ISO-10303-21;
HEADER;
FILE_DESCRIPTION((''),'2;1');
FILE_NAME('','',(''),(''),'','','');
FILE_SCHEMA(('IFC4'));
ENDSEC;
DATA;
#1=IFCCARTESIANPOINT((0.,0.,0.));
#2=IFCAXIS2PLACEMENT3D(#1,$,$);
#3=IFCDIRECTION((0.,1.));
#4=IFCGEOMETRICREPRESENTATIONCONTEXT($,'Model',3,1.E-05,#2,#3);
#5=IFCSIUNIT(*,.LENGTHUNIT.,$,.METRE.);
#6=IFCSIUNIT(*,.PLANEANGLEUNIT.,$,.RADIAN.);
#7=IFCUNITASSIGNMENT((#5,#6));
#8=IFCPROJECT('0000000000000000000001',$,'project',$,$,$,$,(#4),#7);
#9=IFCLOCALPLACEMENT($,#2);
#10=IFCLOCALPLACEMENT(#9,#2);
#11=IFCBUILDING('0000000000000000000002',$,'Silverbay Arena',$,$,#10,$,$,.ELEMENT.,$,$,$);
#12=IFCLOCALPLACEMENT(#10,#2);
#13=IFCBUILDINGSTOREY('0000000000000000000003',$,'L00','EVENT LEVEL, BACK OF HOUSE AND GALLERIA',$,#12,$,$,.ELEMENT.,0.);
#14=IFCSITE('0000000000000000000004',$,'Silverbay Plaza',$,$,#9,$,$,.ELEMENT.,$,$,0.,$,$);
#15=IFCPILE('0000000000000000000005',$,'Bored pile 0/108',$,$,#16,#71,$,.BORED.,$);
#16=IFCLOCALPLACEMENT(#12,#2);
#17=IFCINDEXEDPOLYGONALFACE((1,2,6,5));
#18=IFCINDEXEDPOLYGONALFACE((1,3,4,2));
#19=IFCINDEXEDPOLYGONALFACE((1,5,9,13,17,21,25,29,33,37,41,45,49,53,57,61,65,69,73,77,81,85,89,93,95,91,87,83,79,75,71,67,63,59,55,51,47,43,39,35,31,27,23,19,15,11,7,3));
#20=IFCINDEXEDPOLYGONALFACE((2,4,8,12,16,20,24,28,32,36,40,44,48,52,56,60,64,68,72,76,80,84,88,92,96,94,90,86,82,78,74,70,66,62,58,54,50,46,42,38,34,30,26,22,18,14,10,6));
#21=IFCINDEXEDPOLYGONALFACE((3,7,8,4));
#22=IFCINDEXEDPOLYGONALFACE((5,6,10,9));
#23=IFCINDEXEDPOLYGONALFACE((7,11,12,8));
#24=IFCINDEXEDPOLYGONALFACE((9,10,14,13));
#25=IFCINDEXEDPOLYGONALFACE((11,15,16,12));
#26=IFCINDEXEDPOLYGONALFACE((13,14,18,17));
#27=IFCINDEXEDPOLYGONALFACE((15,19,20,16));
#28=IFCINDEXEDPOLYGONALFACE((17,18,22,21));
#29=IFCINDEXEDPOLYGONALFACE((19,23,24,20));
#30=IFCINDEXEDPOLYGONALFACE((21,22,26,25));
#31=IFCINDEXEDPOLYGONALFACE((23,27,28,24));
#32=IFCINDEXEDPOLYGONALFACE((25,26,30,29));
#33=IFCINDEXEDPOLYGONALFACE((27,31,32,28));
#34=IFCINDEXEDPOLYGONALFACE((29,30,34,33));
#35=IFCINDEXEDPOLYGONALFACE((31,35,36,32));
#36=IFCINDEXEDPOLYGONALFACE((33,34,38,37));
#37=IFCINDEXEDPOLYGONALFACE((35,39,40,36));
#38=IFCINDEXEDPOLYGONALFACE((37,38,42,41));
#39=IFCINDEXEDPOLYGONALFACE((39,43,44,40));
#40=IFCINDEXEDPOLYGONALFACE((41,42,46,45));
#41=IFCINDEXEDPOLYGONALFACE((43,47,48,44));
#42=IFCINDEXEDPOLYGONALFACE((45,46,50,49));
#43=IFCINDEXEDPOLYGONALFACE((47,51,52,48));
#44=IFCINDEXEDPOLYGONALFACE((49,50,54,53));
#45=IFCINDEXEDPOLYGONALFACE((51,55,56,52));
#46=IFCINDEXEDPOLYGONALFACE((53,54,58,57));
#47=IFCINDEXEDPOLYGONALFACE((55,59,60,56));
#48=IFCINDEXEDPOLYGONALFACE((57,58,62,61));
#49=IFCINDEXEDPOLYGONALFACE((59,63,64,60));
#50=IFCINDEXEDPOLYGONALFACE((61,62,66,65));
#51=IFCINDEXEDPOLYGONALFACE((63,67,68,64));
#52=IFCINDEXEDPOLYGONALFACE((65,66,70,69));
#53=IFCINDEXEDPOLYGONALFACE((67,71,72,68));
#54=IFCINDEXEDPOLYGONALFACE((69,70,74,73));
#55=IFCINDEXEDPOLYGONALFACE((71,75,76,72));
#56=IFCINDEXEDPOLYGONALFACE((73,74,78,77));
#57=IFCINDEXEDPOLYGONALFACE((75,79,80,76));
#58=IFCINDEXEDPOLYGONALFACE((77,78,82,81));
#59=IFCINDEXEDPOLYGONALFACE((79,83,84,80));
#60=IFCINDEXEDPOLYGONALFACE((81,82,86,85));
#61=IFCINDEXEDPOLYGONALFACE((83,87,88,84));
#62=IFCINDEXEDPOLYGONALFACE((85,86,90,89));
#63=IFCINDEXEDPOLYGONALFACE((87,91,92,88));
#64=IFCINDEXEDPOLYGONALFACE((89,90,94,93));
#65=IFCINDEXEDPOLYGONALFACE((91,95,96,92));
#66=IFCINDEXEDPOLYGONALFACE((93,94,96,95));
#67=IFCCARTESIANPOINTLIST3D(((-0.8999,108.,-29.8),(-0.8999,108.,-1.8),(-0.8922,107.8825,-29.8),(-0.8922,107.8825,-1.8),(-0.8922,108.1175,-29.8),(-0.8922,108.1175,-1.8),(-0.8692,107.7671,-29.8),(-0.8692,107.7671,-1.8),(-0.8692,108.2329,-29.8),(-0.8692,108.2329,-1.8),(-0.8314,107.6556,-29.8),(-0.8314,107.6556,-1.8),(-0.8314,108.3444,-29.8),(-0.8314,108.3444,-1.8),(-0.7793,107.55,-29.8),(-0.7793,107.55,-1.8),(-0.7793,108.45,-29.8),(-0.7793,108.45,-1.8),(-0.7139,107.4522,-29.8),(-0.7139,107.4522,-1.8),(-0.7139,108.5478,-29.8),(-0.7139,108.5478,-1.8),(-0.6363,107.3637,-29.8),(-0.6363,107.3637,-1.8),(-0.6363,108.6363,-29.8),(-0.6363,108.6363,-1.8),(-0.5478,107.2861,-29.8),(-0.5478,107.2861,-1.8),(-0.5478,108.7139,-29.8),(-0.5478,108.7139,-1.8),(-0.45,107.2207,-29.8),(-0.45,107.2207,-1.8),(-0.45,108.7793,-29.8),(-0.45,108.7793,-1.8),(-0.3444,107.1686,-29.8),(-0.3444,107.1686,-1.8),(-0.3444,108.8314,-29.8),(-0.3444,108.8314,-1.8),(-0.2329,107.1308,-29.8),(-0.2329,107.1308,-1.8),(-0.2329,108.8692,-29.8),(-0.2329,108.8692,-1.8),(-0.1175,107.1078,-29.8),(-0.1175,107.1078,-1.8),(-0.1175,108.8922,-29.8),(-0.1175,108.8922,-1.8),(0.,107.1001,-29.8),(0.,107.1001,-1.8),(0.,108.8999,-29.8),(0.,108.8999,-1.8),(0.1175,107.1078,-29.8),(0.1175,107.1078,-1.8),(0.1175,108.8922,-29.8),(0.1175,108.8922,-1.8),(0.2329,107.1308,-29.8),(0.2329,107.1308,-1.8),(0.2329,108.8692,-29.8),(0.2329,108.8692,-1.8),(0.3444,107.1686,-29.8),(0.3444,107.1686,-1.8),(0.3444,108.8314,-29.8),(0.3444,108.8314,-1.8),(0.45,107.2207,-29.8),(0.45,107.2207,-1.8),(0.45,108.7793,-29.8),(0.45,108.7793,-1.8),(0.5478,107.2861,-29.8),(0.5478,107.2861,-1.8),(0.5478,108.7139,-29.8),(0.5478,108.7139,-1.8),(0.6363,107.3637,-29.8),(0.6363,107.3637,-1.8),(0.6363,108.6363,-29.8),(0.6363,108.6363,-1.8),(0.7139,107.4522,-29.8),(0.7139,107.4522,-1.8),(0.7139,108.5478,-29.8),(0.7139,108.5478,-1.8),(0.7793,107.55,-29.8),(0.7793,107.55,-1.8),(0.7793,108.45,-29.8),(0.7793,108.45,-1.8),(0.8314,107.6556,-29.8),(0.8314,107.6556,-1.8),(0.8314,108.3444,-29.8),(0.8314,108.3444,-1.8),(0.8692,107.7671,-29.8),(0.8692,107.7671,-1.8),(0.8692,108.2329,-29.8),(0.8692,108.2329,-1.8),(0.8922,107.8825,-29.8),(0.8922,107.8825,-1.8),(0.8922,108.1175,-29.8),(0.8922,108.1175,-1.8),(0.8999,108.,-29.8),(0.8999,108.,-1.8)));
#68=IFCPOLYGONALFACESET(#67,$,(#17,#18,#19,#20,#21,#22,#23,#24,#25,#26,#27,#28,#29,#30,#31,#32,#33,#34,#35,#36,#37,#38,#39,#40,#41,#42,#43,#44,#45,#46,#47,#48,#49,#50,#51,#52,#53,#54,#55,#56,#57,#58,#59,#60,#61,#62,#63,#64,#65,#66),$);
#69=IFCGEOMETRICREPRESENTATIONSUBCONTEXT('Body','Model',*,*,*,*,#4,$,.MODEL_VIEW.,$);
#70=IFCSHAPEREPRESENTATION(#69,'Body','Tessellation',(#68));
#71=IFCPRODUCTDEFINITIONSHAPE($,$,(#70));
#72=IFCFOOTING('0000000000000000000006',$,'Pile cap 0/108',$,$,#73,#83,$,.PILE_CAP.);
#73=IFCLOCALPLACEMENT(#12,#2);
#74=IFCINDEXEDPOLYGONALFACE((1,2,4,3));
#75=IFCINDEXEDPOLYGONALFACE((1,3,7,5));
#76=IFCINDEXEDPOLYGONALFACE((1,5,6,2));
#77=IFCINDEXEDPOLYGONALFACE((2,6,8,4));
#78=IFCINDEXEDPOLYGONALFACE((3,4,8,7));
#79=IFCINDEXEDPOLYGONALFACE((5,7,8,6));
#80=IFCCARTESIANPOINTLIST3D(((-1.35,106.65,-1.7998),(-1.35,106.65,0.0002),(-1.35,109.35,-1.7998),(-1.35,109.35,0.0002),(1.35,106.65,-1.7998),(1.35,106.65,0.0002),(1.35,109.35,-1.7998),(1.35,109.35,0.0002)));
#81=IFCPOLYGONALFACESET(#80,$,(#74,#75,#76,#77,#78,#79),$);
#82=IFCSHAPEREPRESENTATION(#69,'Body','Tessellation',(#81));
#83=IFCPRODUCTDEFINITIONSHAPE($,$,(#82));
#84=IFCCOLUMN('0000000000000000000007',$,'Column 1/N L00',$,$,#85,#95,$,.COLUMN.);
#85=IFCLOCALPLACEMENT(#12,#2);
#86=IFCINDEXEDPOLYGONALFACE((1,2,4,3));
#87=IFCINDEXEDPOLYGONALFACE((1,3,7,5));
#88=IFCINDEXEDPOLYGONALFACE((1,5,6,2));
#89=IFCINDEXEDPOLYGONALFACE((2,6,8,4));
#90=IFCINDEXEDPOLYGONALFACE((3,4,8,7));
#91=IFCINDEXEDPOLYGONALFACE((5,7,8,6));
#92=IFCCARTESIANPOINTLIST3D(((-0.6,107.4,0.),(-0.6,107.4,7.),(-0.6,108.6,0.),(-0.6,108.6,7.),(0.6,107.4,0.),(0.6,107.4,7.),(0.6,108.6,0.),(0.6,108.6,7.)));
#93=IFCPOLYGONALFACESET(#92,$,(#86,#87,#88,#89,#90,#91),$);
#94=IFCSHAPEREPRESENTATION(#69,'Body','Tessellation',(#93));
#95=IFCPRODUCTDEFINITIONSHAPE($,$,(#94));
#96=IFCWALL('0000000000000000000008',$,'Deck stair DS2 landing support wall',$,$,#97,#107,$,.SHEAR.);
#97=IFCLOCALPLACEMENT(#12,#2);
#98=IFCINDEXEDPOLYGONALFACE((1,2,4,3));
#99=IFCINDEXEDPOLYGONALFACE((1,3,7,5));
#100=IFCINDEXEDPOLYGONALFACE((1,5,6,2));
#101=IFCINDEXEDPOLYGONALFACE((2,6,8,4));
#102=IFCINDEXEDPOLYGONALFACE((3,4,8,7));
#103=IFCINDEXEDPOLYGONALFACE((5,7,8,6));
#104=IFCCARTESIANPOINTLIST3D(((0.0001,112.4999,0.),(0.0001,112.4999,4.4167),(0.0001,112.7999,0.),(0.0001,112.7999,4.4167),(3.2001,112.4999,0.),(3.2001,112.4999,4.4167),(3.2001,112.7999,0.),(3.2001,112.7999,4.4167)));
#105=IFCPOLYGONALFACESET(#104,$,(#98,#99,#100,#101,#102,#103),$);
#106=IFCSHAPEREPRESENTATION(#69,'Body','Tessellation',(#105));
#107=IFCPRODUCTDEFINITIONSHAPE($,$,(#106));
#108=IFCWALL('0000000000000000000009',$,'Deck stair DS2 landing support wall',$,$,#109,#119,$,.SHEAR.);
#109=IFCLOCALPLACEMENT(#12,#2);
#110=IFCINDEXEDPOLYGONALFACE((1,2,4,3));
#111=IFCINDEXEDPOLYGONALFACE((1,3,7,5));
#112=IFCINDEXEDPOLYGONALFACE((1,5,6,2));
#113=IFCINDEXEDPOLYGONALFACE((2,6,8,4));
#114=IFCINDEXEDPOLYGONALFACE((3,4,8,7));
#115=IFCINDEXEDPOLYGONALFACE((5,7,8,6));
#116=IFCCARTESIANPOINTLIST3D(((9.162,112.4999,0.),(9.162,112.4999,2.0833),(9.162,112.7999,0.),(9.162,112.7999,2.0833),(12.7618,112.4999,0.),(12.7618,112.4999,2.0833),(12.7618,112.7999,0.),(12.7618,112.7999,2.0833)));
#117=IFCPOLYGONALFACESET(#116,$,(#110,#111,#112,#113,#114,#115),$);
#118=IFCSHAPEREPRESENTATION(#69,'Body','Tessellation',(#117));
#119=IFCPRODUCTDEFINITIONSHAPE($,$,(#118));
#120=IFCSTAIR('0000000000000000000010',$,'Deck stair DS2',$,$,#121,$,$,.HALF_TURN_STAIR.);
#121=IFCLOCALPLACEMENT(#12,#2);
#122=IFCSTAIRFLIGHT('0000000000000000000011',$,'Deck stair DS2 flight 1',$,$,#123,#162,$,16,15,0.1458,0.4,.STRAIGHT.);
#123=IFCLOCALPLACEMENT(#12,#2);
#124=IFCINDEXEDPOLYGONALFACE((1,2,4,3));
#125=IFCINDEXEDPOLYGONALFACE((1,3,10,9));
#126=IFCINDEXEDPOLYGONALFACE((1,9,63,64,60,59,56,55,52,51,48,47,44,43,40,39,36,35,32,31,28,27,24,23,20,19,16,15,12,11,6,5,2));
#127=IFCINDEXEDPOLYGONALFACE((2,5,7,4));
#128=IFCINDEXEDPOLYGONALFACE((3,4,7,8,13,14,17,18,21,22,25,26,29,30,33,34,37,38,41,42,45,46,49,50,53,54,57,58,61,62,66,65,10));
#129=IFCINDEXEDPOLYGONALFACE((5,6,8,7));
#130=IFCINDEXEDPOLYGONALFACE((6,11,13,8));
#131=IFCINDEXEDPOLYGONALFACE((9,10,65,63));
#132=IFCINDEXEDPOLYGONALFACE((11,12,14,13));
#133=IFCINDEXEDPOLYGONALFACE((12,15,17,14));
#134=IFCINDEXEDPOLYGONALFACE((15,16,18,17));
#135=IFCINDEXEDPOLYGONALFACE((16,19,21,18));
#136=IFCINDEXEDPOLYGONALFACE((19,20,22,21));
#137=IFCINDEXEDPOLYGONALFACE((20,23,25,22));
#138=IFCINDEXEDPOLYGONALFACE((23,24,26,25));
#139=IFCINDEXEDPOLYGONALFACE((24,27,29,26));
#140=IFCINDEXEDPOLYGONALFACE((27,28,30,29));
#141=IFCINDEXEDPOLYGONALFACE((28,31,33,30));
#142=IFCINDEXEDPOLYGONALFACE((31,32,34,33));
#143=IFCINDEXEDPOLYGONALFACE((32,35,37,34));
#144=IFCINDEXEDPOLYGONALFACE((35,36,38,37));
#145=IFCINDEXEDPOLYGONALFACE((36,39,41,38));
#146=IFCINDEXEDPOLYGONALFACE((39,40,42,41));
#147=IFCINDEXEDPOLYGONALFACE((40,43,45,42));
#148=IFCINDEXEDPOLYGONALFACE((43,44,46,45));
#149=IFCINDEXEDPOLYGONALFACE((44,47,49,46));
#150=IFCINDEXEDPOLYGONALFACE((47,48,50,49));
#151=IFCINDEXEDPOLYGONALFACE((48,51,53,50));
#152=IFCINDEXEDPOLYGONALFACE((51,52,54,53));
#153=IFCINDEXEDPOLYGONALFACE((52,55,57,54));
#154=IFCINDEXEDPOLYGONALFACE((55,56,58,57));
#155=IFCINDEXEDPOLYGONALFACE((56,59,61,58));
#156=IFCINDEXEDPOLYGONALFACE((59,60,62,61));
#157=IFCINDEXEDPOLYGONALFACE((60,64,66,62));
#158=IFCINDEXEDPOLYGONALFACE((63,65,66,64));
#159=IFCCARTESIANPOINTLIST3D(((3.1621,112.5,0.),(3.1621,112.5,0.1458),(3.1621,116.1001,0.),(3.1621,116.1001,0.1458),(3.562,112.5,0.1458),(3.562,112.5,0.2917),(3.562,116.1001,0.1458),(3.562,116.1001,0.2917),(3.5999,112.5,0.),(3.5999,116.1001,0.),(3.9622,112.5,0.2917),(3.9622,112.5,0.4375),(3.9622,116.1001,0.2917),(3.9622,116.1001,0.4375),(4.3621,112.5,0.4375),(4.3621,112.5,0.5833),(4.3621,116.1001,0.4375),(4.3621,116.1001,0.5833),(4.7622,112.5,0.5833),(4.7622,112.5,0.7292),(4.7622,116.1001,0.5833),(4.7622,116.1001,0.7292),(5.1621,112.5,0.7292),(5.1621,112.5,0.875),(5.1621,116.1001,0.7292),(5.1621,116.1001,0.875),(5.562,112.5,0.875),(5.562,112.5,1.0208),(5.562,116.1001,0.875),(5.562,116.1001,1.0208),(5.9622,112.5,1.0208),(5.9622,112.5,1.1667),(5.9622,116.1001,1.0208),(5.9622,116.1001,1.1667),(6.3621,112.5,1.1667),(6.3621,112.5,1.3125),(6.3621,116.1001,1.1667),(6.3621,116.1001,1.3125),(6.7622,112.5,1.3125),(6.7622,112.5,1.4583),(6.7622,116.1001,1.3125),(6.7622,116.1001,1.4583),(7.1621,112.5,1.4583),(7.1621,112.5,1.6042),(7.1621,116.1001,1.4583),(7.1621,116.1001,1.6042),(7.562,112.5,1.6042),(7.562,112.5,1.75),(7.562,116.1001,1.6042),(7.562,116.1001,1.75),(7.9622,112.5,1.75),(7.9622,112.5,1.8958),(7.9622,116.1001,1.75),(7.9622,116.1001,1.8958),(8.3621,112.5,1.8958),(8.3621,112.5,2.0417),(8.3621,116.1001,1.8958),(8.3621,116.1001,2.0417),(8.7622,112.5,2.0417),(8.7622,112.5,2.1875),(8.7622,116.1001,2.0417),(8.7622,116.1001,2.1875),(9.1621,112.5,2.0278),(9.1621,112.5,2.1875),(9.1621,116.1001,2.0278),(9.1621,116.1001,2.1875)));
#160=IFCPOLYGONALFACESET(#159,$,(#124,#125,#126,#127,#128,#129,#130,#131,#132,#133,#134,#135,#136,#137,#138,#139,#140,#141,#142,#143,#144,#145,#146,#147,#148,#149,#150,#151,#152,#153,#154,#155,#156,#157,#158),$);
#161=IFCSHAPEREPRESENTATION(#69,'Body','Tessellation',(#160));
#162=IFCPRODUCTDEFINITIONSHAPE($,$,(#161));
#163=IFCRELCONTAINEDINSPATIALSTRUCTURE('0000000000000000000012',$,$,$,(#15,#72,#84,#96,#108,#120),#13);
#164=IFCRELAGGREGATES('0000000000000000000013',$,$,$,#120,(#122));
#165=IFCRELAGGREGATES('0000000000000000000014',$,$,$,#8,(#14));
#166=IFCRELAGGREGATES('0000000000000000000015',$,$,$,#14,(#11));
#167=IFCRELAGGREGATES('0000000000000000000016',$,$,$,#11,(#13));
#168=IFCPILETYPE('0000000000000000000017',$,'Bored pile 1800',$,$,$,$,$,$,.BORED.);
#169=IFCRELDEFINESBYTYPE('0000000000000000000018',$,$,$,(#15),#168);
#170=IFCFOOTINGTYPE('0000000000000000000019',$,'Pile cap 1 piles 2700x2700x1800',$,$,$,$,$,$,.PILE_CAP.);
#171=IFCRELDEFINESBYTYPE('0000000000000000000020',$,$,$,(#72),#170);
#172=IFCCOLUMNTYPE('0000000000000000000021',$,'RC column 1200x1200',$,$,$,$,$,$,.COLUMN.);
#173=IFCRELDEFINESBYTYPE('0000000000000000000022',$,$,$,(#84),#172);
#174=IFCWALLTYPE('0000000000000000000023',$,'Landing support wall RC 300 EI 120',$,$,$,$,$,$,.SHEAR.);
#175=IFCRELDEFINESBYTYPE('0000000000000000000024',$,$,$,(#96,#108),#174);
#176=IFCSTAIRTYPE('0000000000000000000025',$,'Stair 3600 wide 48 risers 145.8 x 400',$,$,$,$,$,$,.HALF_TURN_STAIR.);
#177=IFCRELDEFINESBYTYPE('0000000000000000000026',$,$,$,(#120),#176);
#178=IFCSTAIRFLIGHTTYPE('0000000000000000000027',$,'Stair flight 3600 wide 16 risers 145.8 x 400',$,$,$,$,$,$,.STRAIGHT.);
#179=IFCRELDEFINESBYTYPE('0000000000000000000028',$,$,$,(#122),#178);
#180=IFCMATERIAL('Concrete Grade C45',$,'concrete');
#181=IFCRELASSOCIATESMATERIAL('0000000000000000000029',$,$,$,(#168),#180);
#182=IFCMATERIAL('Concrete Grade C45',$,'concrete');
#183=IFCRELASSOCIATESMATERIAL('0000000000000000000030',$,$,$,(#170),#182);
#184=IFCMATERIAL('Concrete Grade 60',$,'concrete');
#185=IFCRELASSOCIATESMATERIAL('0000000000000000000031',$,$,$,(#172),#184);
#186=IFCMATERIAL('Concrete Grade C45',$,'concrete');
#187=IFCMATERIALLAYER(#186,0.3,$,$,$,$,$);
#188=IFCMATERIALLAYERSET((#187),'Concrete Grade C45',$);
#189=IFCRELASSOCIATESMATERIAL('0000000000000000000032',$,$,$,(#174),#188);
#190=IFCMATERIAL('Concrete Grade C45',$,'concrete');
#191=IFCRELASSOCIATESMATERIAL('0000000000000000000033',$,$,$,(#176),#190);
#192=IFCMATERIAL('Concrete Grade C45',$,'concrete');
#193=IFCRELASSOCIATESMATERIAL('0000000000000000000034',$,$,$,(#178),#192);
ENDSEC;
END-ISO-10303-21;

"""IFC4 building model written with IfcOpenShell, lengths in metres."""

from ifc_helpers import new_model, si_unit, direction, frame, frame_2d, origin, origin_2d, place, context, subcontext, project, spatial, polyline, rectangle, circle, outline, extrude, material, layer, layer_set, material_profile, profile_set, type_object, element, aggregate, save


model = new_model("IFC4")

# Units and contexts
model_context = context("Model", 3, precision=1e-05, world=origin(), true_north=direction((0.0, 1.0)))
body_context = subcontext(model_context, "Body", "Model", "MODEL_VIEW")
ifc_project = project(units=[si_unit("LENGTHUNIT", "METRE"), si_unit("PLANEANGLEUNIT", "RADIAN")], contexts=[model_context])

# Site, building, storey
site_placement = place(None, origin())
site = spatial("IfcSite", under=ifc_project, at=site_placement, Name="Silverbay Plaza", CompositionType="ELEMENT", RefElevation=0.0)
building_placement = place(site_placement, origin())
building = spatial("IfcBuilding", under=site, at=building_placement, Name="Silverbay Arena", CompositionType="ELEMENT")
storey_placement = place(building_placement, origin())
storey = spatial("IfcBuildingStorey", under=building, at=storey_placement, Name="L00", Description="EVENT LEVEL, BACK OF HOUSE AND GALLERIA", CompositionType="ELEMENT", Elevation=0.0)

# Pile
ifc_material_1 = material(Name="Concrete Grade C45", Category="concrete")
ifc_material_profile_1 = material_profile(ifc_material_1, circle(Radius=0.8999, at=origin_2d()), Name="Bored pile 1800")
ifc_profile_set_1 = profile_set([ifc_material_profile_1], Name="Concrete Grade C45")
pile_type = type_object("IfcPileType", Name="Bored pile 1800", PredefinedType="BORED", material=ifc_profile_set_1)
pile_placement = place(storey_placement, frame((0.0, 108.0, -1.8), z_axis=(0.0, 0.0, -1.0), x_axis=(1.0, 0.0, 0.0)))
element("IfcPile", 1, at=pile_placement, inside=storey, type_object=pile_type, Name="Bored pile 0/108", PredefinedType="BORED", context=body_context, shape_type="SweptSolid", body=[
    extrude(circle(Radius=0.8999, at=origin_2d()), origin(), (0.0, 0.0, 1.0), 28.0),
])

# Footing
ifc_material_2 = material(Name="Concrete Grade C45", Category="concrete")
footing_type = type_object("IfcFootingType", Name="Pile cap 1 piles 2700x2700x1800", PredefinedType="PILE_CAP", material=ifc_material_2)
footing_placement = place(storey_placement, frame((0.0, 108.0, -1.7998), z_axis=(0.0, 0.0, 1.0), x_axis=(1.0, 0.0, 0.0)))
element("IfcFooting", 2, at=footing_placement, inside=storey, type_object=footing_type, Name="Pile cap 0/108", PredefinedType="PILE_CAP", context=body_context, shape_type="SweptSolid", body=[
    extrude(rectangle(XDim=2.7, YDim=2.7, at=origin_2d()), origin(), (0.0, 0.0, 1.0), 1.8),
])

# Column
ifc_material_3 = material(Name="Concrete Grade 60", Category="concrete")
ifc_material_profile_2 = material_profile(ifc_material_3, rectangle(XDim=1.2, YDim=1.2, at=origin_2d()), Name="RC 1200x1200")
ifc_profile_set_2 = profile_set([ifc_material_profile_2], Name="Concrete Grade 60")
column_type = type_object("IfcColumnType", Name="RC column 1200x1200", PredefinedType="COLUMN", material=ifc_profile_set_2)
column_placement = place(storey_placement, frame((0.0, 108.0, 0.0), z_axis=(0.0, 0.0, 1.0), x_axis=(1.0, 0.0, 0.0)))
element("IfcColumn", 3, at=column_placement, inside=storey, type_object=column_type, Name="Column 1/N L00", PredefinedType="COLUMN", context=body_context, shape_type="SweptSolid", body=[
    extrude(rectangle(XDim=1.2, YDim=1.2, at=origin_2d()), origin(), (0.0, 0.0, 1.0), 7.0),
])

# Walls
ifc_material_4 = material(Name="Concrete Grade C45", Category="concrete")
ifc_layer = layer(ifc_material_4, 0.3)
ifc_layer_set = layer_set([ifc_layer], Name="Concrete Grade C45")
wall_type = type_object("IfcWallType", Name="Landing support wall RC 300 EI 120", PredefinedType="SHEAR", material=ifc_layer_set)
wall_1_placement = place(storey_placement, frame((0.0, 112.6499, 0.0), z_axis=(0.0, 0.0, 1.0), x_axis=(1.0, 0.0, 0.0)))
element("IfcWall", 4, at=wall_1_placement, inside=storey, type_object=wall_type, Name="Deck stair DS2 landing support wall", PredefinedType="SHEAR", context=body_context, shape_type="SweptSolid", body=[
    extrude(rectangle(XDim=3.2, YDim=0.3, at=frame_2d((1.6001, 0.0))), origin(), (0.0, 0.0, 1.0), 4.4167),
])
wall_2_placement = place(storey_placement, frame((9.1621, 112.6499, 0.0), z_axis=(0.0, 0.0, 1.0), x_axis=(1.0, 0.0, 0.0)))
element("IfcWall", 5, at=wall_2_placement, inside=storey, type_object=wall_type, Name="Deck stair DS2 landing support wall", PredefinedType="SHEAR", context=body_context, shape_type="SweptSolid", body=[
    extrude(rectangle(XDim=3.5999, YDim=0.3, at=frame_2d((1.7998, 0.0))), origin(), (0.0, 0.0, 1.0), 2.0833),
])

# Stair, stair flight
ifc_material_5 = material(Name="Concrete Grade C45", Category="concrete")
stair_type = type_object("IfcStairType", Name="Stair 3600 wide 48 risers 145.8 x 400", PredefinedType="HALF_TURN_STAIR", material=ifc_material_5)
stair_placement = place(storey_placement, origin())
stair = element("IfcStair", 6, at=stair_placement, inside=storey, type_object=stair_type, Name="Deck stair DS2", PredefinedType="HALF_TURN_STAIR")
ifc_material_6 = material(Name="Concrete Grade C45", Category="concrete")
stair_flight_type = type_object("IfcStairFlightType", Name="Stair flight 3600 wide 16 risers 145.8 x 400", PredefinedType="STRAIGHT", material=ifc_material_6)
stair_flight_1_placement = place(storey_placement, frame((3.1621, 114.3, 0.0), z_axis=(0.0, 0.0, 1.0), x_axis=(1.0, 0.0, 0.0)))
stair_flight_1 = element("IfcStairFlight", 7, at=stair_flight_1_placement, type_object=stair_flight_type, Name="Deck stair DS2 flight 1", NumberOfRisers=16, NumberOfTreads=15, PredefinedType="STRAIGHT", RiserHeight=0.1458, TreadLength=0.4, context=body_context, shape_type="SweptSolid", body=[
    extrude(outline(polyline([(0.0, 0.0), (0.0, 0.1458), (0.3999, 0.1458), (0.3999, 0.2917), (0.8, 0.2917), (0.8, 0.4375), (1.2, 0.4375), (1.2, 0.5833), (1.6001, 0.5833), (1.6001, 0.7292), (2.0, 0.7292), (2.0, 0.875), (2.3999, 0.875), (2.3999, 1.0208), (2.8, 1.0208), (2.8, 1.1667), (3.2, 1.1667), (3.2, 1.3125), (3.6001, 1.3125), (3.6001, 1.4583), (4.0, 1.4583), (4.0, 1.6042), (4.3999, 1.6042), (4.3999, 1.75), (4.8, 1.75), (4.8, 1.8958), (5.2, 1.8958), (5.2, 2.0417), (5.6001, 2.0417), (5.6001, 2.1875), (6.0, 2.1875), (6.0, 2.0278), (0.4377, 0.0), (0.0, 0.0)])), frame((0.0, 1.8, 0.0), z_axis=(0.0, -1.0, 0.0), x_axis=(1.0, 0.0, 0.0)), (0.0, 0.0, 1.0), 3.6001),
])
aggregate(stair, [stair_flight_1])

save(model, "model.ifc")
